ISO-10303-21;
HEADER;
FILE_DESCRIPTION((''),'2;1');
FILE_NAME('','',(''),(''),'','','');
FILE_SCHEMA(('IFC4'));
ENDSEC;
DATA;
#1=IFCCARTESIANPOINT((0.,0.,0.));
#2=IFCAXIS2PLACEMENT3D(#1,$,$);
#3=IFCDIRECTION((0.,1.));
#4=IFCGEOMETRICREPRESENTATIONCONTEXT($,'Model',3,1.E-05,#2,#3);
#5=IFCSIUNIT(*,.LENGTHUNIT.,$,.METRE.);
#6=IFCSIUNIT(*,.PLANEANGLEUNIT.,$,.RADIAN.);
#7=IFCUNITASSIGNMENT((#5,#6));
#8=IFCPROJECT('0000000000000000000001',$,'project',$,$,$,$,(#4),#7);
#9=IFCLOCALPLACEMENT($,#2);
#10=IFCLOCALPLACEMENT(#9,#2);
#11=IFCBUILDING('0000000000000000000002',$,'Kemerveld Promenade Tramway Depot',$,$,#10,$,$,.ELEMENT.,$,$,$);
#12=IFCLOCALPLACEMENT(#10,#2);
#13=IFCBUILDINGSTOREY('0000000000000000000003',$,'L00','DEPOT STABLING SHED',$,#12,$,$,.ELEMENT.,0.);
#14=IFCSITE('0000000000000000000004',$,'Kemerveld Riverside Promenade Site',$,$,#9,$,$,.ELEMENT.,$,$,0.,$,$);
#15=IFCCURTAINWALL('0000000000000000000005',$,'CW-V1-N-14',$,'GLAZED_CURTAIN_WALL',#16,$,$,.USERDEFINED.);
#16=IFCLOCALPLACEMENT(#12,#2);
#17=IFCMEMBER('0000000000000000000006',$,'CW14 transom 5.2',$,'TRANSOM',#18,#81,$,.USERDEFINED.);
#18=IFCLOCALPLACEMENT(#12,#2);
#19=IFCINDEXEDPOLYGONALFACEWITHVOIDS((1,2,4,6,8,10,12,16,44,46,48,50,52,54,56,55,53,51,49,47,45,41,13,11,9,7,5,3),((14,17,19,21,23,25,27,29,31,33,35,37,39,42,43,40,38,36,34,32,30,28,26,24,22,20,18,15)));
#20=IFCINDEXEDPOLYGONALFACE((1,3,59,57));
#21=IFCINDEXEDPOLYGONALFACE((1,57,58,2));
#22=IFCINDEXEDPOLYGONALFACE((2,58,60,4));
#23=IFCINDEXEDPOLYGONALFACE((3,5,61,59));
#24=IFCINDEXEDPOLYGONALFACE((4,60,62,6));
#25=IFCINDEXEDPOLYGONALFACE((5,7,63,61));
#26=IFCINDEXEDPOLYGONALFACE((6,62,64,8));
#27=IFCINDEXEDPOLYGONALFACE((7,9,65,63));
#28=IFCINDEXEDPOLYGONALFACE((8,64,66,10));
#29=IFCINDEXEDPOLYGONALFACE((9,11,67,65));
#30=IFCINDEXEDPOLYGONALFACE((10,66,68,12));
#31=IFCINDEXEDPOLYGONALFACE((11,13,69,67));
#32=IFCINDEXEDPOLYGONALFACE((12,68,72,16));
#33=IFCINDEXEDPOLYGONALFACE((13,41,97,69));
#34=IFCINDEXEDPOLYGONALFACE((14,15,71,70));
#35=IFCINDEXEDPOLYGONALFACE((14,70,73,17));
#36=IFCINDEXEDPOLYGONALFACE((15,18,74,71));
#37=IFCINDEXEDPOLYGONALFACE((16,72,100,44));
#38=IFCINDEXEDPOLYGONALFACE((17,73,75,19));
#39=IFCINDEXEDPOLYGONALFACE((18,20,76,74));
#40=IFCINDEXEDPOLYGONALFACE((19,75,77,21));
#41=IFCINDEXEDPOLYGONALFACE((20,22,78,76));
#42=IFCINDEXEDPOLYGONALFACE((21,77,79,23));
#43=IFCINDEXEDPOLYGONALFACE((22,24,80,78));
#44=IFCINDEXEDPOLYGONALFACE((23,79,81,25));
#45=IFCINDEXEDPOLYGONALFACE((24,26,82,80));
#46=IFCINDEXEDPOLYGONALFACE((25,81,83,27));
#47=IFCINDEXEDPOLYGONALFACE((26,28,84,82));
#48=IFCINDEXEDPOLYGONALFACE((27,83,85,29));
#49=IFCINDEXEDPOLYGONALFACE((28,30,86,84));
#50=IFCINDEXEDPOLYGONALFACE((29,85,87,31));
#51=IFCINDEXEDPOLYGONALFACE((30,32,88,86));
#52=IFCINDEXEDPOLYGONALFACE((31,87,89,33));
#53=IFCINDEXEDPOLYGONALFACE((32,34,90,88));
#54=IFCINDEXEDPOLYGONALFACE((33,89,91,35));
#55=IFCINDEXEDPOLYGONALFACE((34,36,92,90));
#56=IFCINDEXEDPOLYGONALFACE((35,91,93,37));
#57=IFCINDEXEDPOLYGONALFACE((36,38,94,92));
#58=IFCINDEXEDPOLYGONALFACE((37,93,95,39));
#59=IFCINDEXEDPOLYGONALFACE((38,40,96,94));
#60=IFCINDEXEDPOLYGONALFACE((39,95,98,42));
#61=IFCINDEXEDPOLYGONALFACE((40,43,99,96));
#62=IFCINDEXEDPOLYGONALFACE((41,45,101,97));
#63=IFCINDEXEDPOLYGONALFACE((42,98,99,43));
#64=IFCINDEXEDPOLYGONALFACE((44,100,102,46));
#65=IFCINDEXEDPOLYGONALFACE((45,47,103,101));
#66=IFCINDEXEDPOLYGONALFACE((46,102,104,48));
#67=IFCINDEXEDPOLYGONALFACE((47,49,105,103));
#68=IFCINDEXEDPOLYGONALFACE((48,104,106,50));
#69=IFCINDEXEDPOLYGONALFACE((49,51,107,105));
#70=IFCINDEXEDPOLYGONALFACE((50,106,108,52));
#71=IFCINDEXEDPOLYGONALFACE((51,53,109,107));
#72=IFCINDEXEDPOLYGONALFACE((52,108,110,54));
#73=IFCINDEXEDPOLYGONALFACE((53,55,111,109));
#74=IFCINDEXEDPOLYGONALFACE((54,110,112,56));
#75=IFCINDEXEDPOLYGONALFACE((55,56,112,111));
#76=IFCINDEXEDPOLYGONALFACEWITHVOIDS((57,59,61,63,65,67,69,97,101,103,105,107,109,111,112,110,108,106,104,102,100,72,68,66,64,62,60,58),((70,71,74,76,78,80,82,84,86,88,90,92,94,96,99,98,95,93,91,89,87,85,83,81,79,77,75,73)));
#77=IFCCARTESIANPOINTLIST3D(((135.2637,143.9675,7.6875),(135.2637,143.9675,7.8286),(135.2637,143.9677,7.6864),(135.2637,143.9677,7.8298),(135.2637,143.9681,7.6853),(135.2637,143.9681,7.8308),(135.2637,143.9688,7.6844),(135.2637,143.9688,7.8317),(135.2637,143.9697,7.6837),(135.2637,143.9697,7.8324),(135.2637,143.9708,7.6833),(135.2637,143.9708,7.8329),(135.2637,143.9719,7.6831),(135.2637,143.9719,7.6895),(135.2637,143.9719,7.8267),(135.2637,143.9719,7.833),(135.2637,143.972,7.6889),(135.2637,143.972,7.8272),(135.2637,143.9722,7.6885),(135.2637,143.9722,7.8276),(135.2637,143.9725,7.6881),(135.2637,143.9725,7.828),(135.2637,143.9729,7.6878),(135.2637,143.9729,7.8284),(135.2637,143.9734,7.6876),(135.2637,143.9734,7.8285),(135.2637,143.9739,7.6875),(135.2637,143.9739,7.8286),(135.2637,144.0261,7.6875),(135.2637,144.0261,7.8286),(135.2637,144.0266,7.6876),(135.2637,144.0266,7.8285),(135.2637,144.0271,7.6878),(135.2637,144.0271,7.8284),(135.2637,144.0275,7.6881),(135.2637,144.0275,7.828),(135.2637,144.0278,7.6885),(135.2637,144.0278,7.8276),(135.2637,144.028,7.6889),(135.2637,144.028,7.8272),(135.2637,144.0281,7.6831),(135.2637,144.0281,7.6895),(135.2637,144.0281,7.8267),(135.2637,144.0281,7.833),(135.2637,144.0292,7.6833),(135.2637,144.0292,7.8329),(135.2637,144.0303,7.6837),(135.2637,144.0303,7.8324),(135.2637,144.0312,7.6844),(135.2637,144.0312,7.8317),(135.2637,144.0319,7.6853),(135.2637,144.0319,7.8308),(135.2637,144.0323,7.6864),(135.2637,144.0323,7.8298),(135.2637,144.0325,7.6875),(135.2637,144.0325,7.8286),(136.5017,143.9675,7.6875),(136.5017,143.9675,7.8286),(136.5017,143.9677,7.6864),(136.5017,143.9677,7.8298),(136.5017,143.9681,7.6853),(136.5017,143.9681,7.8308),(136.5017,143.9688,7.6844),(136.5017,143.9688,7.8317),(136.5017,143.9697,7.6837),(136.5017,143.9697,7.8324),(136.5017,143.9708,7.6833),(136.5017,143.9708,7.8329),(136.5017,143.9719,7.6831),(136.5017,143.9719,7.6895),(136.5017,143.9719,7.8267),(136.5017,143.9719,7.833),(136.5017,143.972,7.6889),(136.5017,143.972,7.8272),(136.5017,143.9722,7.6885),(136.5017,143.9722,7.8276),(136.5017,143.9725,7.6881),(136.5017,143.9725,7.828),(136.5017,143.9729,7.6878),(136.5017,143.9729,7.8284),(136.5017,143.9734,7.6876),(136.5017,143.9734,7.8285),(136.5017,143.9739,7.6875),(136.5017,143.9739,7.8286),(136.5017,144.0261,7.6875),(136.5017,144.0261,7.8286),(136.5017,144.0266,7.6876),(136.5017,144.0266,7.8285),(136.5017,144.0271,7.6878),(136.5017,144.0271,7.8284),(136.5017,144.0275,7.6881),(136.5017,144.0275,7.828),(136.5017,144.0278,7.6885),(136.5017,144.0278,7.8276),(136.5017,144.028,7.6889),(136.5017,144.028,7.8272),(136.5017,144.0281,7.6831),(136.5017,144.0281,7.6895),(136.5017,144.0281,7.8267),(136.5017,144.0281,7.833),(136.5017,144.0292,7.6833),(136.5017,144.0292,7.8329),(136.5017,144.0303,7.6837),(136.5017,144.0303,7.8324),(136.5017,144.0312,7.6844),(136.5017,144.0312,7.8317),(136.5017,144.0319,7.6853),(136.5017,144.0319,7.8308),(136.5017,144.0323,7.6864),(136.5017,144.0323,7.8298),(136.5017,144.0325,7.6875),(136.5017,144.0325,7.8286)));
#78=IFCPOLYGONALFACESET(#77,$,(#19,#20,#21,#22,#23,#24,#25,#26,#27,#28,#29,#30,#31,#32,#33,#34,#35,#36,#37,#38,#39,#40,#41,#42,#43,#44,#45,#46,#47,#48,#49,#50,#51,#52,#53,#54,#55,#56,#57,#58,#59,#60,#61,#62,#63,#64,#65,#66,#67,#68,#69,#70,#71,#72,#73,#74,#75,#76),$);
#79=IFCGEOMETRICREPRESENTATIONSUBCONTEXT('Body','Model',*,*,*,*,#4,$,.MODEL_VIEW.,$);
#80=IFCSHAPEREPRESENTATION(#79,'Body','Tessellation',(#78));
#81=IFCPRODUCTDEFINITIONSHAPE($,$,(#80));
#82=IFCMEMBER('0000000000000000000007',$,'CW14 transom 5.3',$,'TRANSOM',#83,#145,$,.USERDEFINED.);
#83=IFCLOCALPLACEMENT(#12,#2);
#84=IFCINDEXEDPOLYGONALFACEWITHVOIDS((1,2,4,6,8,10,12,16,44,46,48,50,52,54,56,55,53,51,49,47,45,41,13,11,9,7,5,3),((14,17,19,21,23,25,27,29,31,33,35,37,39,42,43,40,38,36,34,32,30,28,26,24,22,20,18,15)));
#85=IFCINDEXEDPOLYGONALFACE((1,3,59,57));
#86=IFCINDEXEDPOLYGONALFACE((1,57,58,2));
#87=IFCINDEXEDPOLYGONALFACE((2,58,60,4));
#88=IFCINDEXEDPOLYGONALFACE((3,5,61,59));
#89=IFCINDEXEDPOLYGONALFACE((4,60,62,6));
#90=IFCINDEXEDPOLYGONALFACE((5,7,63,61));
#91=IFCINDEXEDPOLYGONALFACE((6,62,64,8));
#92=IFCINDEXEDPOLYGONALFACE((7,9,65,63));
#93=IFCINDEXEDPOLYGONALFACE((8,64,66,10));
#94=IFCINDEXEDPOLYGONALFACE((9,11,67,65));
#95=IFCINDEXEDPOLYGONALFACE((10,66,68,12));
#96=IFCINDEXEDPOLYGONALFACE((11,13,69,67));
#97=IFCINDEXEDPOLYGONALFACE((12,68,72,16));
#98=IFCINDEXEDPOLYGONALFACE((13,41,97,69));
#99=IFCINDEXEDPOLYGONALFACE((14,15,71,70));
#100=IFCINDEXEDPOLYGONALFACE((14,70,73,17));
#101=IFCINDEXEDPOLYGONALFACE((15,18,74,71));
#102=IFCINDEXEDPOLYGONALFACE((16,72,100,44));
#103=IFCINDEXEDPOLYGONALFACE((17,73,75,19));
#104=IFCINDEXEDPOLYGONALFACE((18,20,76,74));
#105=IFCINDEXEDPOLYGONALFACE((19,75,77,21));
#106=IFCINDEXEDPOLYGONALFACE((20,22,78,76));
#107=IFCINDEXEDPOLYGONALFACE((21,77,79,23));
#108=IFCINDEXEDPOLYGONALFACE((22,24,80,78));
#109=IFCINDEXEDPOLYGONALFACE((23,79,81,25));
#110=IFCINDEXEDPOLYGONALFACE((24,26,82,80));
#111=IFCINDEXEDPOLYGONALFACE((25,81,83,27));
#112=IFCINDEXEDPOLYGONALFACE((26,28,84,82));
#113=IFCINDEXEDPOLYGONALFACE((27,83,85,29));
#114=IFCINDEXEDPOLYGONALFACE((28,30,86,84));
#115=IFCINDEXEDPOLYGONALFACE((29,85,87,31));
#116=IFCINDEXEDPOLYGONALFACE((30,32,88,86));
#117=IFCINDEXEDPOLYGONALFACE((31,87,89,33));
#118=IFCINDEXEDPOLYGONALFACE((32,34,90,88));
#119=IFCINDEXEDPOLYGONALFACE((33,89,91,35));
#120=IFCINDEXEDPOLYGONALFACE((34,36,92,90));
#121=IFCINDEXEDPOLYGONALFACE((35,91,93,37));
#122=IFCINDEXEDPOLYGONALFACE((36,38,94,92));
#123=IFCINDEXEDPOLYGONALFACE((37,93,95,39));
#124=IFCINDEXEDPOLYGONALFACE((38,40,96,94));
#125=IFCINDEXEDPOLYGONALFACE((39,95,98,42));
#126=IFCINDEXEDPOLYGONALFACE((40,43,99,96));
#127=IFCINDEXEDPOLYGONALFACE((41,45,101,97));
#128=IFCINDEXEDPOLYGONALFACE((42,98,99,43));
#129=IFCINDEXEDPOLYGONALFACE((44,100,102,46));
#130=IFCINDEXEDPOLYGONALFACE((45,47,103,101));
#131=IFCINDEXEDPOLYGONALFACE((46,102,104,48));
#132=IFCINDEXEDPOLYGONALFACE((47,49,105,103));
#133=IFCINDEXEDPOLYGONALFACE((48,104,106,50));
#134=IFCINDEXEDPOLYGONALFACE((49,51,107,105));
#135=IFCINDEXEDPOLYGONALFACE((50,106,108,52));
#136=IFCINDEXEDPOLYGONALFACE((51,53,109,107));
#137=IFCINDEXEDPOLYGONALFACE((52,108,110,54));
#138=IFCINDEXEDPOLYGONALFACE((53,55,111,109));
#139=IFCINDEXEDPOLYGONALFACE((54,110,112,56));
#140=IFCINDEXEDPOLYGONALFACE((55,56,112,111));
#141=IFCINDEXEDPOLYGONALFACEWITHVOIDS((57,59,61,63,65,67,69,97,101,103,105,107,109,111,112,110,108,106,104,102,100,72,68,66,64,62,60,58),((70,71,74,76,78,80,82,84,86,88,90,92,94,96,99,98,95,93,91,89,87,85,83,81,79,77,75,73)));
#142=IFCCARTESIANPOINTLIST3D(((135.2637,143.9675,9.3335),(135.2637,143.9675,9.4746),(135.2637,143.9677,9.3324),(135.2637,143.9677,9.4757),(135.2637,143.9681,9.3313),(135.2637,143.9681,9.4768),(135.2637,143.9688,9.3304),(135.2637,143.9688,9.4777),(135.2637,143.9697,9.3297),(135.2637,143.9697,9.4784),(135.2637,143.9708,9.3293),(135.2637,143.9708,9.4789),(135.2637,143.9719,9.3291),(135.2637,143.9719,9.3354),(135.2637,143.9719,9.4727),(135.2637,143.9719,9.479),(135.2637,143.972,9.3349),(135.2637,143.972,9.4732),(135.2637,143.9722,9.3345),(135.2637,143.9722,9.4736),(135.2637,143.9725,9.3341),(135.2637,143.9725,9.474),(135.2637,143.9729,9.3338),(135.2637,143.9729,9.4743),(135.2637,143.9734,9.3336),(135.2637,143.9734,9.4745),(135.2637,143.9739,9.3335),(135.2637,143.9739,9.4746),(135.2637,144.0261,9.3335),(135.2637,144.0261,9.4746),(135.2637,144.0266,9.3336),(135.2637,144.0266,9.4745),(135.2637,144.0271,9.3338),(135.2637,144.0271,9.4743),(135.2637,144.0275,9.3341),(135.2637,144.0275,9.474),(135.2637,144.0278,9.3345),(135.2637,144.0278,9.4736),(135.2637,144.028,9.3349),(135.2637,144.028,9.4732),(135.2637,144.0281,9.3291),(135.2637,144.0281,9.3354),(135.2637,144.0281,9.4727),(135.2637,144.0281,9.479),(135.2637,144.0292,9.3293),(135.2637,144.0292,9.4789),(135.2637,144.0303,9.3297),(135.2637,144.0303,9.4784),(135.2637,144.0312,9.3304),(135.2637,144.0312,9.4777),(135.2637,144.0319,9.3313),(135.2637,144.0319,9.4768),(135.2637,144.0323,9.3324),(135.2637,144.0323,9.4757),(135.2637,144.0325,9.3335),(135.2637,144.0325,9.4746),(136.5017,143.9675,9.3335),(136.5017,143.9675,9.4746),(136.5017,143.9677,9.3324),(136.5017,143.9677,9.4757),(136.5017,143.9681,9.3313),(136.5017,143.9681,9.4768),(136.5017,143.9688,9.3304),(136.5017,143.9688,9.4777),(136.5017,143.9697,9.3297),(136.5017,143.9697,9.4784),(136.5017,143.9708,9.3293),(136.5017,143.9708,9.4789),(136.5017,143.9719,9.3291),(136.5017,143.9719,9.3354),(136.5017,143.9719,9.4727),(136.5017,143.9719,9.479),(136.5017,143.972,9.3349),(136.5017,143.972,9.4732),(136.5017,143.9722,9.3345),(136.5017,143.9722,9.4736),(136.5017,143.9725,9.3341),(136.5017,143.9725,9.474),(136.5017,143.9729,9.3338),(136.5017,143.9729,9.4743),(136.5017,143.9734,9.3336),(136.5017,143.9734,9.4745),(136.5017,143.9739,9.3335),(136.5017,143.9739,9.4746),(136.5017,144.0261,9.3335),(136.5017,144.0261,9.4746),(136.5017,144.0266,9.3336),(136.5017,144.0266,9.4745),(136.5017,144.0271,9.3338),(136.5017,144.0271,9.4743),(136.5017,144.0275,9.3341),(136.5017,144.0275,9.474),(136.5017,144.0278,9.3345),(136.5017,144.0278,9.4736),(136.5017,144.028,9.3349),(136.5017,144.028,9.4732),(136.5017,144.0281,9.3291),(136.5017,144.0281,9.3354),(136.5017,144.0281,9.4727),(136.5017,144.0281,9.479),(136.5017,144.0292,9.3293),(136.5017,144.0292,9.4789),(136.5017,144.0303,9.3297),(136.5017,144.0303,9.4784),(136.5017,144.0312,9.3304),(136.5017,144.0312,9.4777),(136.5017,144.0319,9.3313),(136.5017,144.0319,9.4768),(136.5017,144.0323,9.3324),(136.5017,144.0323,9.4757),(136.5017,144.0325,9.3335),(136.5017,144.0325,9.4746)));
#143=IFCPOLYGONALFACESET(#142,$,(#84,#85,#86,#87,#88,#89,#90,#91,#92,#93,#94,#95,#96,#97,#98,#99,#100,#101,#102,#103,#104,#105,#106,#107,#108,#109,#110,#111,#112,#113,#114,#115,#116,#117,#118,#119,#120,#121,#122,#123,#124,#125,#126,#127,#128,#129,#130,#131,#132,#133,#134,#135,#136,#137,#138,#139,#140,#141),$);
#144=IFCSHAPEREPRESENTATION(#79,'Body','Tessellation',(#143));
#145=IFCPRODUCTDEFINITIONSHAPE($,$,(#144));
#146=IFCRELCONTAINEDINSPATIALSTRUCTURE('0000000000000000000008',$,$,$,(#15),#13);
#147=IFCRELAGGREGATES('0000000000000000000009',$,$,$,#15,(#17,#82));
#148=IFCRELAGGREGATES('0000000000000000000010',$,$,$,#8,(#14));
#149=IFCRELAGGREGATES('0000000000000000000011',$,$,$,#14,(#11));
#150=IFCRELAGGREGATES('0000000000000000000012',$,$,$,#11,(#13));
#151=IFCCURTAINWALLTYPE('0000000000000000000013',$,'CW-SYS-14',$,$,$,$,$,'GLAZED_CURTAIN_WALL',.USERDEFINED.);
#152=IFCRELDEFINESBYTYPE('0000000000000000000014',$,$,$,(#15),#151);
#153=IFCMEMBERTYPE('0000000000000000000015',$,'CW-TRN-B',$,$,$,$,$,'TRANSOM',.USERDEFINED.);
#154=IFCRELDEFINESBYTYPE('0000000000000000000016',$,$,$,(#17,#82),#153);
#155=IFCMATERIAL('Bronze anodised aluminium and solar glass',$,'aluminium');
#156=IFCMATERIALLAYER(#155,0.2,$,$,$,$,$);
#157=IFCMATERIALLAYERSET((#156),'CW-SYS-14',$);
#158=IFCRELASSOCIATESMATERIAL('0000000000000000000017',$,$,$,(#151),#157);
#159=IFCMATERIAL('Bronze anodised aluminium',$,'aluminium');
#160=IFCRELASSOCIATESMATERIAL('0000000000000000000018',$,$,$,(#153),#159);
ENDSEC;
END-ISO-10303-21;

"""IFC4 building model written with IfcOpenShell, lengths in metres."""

from ifc_helpers import new_model, si_unit, direction, frame, origin, origin_2d, place, context, subcontext, project, spatial, hollow_rectangle, extrude, material, layer, layer_set, material_profile, profile_set, type_object, element, aggregate, save


model = new_model("IFC4")

# Units and contexts
model_context = context("Model", 3, precision=1e-05, world=origin(), true_north=direction((0.0, 1.0)))
body_context = subcontext(model_context, "Body", "Model", "MODEL_VIEW")
ifc_project = project(units=[si_unit("LENGTHUNIT", "METRE"), si_unit("PLANEANGLEUNIT", "RADIAN")], contexts=[model_context])

# Site, building, storey
site_placement = place(None, origin())
site = spatial("IfcSite", under=ifc_project, at=site_placement, Name="Kemerveld Riverside Promenade Site", CompositionType="ELEMENT", RefElevation=0.0)
building_placement = place(site_placement, origin())
building = spatial("IfcBuilding", under=site, at=building_placement, Name="Kemerveld Promenade Tramway Depot", CompositionType="ELEMENT")
storey_placement = place(building_placement, origin())
storey = spatial("IfcBuildingStorey", under=building, at=storey_placement, Name="L00", Description="DEPOT STABLING SHED", CompositionType="ELEMENT", Elevation=0.0)

# Shared definitions
ifc_material_1 = material(Name="Bronze anodised aluminium and solar glass", Category="aluminium")
ifc_material_2 = material(Name="Bronze anodised aluminium", Category="aluminium")

# Curtain wall
ifc_layer_1 = layer(ifc_material_1, 0.2)
ifc_layer_set_1 = layer_set([ifc_layer_1], Name="CW-SYS-14")
curtain_wall_type_1 = type_object("IfcCurtainWallType", Name="CW-SYS-14", ElementType="GLAZED_CURTAIN_WALL", PredefinedType="USERDEFINED", material=ifc_layer_set_1)
curtain_wall_1_placement = place(storey_placement, origin())
curtain_wall_1 = element("IfcCurtainWall", 1, at=curtain_wall_1_placement, inside=storey, type_object=curtain_wall_type_1, Name="CW-V1-N-14", ObjectType="GLAZED_CURTAIN_WALL", PredefinedType="USERDEFINED")

# Members
ifc_material_profile_1 = material_profile(ifc_material_2, hollow_rectangle(XDim=0.0649, YDim=0.1499, WallThickness=0.0044, InnerFilletRadius=0.002, OuterFilletRadius=0.0044, at=origin_2d()), Name="CW-TRN-150x65")
ifc_profile_set_1 = profile_set([ifc_material_profile_1], Name="Bronze anodised aluminium")
member_type_1 = type_object("IfcMemberType", Name="CW-TRN-B", ElementType="TRANSOM", PredefinedType="USERDEFINED", material=ifc_profile_set_1)
member_1_placement = place(storey_placement, frame((135.2637, 144.0, 7.7581), z_axis=(1.0, 0.0, 0.0), x_axis=(0.0, 1.0, 0.0)))
member_1 = element("IfcMember", 2, at=member_1_placement, type_object=member_type_1, Name="CW14 transom 5.2", ObjectType="TRANSOM", PredefinedType="USERDEFINED", context=body_context, shape_type="SweptSolid", body=[
    extrude(hollow_rectangle(XDim=0.0649, YDim=0.1499, WallThickness=0.0044, InnerFilletRadius=0.002, OuterFilletRadius=0.0044, at=origin_2d()), origin(), (0.0, 0.0, 1.0), 1.238),
])
member_2_placement = place(storey_placement, frame((135.2637, 144.0, 9.4041), z_axis=(1.0, 0.0, 0.0), x_axis=(0.0, 1.0, 0.0)))
member_2 = element("IfcMember", 3, at=member_2_placement, type_object=member_type_1, Name="CW14 transom 5.3", ObjectType="TRANSOM", PredefinedType="USERDEFINED", context=body_context, shape_type="SweptSolid", body=[
    extrude(hollow_rectangle(XDim=0.0649, YDim=0.1499, WallThickness=0.0044, InnerFilletRadius=0.002, OuterFilletRadius=0.0044, at=origin_2d()), origin(), (0.0, 0.0, 1.0), 1.238),
])

aggregate(curtain_wall_1, [member_1, member_2])

save(model, "model.ifc")
